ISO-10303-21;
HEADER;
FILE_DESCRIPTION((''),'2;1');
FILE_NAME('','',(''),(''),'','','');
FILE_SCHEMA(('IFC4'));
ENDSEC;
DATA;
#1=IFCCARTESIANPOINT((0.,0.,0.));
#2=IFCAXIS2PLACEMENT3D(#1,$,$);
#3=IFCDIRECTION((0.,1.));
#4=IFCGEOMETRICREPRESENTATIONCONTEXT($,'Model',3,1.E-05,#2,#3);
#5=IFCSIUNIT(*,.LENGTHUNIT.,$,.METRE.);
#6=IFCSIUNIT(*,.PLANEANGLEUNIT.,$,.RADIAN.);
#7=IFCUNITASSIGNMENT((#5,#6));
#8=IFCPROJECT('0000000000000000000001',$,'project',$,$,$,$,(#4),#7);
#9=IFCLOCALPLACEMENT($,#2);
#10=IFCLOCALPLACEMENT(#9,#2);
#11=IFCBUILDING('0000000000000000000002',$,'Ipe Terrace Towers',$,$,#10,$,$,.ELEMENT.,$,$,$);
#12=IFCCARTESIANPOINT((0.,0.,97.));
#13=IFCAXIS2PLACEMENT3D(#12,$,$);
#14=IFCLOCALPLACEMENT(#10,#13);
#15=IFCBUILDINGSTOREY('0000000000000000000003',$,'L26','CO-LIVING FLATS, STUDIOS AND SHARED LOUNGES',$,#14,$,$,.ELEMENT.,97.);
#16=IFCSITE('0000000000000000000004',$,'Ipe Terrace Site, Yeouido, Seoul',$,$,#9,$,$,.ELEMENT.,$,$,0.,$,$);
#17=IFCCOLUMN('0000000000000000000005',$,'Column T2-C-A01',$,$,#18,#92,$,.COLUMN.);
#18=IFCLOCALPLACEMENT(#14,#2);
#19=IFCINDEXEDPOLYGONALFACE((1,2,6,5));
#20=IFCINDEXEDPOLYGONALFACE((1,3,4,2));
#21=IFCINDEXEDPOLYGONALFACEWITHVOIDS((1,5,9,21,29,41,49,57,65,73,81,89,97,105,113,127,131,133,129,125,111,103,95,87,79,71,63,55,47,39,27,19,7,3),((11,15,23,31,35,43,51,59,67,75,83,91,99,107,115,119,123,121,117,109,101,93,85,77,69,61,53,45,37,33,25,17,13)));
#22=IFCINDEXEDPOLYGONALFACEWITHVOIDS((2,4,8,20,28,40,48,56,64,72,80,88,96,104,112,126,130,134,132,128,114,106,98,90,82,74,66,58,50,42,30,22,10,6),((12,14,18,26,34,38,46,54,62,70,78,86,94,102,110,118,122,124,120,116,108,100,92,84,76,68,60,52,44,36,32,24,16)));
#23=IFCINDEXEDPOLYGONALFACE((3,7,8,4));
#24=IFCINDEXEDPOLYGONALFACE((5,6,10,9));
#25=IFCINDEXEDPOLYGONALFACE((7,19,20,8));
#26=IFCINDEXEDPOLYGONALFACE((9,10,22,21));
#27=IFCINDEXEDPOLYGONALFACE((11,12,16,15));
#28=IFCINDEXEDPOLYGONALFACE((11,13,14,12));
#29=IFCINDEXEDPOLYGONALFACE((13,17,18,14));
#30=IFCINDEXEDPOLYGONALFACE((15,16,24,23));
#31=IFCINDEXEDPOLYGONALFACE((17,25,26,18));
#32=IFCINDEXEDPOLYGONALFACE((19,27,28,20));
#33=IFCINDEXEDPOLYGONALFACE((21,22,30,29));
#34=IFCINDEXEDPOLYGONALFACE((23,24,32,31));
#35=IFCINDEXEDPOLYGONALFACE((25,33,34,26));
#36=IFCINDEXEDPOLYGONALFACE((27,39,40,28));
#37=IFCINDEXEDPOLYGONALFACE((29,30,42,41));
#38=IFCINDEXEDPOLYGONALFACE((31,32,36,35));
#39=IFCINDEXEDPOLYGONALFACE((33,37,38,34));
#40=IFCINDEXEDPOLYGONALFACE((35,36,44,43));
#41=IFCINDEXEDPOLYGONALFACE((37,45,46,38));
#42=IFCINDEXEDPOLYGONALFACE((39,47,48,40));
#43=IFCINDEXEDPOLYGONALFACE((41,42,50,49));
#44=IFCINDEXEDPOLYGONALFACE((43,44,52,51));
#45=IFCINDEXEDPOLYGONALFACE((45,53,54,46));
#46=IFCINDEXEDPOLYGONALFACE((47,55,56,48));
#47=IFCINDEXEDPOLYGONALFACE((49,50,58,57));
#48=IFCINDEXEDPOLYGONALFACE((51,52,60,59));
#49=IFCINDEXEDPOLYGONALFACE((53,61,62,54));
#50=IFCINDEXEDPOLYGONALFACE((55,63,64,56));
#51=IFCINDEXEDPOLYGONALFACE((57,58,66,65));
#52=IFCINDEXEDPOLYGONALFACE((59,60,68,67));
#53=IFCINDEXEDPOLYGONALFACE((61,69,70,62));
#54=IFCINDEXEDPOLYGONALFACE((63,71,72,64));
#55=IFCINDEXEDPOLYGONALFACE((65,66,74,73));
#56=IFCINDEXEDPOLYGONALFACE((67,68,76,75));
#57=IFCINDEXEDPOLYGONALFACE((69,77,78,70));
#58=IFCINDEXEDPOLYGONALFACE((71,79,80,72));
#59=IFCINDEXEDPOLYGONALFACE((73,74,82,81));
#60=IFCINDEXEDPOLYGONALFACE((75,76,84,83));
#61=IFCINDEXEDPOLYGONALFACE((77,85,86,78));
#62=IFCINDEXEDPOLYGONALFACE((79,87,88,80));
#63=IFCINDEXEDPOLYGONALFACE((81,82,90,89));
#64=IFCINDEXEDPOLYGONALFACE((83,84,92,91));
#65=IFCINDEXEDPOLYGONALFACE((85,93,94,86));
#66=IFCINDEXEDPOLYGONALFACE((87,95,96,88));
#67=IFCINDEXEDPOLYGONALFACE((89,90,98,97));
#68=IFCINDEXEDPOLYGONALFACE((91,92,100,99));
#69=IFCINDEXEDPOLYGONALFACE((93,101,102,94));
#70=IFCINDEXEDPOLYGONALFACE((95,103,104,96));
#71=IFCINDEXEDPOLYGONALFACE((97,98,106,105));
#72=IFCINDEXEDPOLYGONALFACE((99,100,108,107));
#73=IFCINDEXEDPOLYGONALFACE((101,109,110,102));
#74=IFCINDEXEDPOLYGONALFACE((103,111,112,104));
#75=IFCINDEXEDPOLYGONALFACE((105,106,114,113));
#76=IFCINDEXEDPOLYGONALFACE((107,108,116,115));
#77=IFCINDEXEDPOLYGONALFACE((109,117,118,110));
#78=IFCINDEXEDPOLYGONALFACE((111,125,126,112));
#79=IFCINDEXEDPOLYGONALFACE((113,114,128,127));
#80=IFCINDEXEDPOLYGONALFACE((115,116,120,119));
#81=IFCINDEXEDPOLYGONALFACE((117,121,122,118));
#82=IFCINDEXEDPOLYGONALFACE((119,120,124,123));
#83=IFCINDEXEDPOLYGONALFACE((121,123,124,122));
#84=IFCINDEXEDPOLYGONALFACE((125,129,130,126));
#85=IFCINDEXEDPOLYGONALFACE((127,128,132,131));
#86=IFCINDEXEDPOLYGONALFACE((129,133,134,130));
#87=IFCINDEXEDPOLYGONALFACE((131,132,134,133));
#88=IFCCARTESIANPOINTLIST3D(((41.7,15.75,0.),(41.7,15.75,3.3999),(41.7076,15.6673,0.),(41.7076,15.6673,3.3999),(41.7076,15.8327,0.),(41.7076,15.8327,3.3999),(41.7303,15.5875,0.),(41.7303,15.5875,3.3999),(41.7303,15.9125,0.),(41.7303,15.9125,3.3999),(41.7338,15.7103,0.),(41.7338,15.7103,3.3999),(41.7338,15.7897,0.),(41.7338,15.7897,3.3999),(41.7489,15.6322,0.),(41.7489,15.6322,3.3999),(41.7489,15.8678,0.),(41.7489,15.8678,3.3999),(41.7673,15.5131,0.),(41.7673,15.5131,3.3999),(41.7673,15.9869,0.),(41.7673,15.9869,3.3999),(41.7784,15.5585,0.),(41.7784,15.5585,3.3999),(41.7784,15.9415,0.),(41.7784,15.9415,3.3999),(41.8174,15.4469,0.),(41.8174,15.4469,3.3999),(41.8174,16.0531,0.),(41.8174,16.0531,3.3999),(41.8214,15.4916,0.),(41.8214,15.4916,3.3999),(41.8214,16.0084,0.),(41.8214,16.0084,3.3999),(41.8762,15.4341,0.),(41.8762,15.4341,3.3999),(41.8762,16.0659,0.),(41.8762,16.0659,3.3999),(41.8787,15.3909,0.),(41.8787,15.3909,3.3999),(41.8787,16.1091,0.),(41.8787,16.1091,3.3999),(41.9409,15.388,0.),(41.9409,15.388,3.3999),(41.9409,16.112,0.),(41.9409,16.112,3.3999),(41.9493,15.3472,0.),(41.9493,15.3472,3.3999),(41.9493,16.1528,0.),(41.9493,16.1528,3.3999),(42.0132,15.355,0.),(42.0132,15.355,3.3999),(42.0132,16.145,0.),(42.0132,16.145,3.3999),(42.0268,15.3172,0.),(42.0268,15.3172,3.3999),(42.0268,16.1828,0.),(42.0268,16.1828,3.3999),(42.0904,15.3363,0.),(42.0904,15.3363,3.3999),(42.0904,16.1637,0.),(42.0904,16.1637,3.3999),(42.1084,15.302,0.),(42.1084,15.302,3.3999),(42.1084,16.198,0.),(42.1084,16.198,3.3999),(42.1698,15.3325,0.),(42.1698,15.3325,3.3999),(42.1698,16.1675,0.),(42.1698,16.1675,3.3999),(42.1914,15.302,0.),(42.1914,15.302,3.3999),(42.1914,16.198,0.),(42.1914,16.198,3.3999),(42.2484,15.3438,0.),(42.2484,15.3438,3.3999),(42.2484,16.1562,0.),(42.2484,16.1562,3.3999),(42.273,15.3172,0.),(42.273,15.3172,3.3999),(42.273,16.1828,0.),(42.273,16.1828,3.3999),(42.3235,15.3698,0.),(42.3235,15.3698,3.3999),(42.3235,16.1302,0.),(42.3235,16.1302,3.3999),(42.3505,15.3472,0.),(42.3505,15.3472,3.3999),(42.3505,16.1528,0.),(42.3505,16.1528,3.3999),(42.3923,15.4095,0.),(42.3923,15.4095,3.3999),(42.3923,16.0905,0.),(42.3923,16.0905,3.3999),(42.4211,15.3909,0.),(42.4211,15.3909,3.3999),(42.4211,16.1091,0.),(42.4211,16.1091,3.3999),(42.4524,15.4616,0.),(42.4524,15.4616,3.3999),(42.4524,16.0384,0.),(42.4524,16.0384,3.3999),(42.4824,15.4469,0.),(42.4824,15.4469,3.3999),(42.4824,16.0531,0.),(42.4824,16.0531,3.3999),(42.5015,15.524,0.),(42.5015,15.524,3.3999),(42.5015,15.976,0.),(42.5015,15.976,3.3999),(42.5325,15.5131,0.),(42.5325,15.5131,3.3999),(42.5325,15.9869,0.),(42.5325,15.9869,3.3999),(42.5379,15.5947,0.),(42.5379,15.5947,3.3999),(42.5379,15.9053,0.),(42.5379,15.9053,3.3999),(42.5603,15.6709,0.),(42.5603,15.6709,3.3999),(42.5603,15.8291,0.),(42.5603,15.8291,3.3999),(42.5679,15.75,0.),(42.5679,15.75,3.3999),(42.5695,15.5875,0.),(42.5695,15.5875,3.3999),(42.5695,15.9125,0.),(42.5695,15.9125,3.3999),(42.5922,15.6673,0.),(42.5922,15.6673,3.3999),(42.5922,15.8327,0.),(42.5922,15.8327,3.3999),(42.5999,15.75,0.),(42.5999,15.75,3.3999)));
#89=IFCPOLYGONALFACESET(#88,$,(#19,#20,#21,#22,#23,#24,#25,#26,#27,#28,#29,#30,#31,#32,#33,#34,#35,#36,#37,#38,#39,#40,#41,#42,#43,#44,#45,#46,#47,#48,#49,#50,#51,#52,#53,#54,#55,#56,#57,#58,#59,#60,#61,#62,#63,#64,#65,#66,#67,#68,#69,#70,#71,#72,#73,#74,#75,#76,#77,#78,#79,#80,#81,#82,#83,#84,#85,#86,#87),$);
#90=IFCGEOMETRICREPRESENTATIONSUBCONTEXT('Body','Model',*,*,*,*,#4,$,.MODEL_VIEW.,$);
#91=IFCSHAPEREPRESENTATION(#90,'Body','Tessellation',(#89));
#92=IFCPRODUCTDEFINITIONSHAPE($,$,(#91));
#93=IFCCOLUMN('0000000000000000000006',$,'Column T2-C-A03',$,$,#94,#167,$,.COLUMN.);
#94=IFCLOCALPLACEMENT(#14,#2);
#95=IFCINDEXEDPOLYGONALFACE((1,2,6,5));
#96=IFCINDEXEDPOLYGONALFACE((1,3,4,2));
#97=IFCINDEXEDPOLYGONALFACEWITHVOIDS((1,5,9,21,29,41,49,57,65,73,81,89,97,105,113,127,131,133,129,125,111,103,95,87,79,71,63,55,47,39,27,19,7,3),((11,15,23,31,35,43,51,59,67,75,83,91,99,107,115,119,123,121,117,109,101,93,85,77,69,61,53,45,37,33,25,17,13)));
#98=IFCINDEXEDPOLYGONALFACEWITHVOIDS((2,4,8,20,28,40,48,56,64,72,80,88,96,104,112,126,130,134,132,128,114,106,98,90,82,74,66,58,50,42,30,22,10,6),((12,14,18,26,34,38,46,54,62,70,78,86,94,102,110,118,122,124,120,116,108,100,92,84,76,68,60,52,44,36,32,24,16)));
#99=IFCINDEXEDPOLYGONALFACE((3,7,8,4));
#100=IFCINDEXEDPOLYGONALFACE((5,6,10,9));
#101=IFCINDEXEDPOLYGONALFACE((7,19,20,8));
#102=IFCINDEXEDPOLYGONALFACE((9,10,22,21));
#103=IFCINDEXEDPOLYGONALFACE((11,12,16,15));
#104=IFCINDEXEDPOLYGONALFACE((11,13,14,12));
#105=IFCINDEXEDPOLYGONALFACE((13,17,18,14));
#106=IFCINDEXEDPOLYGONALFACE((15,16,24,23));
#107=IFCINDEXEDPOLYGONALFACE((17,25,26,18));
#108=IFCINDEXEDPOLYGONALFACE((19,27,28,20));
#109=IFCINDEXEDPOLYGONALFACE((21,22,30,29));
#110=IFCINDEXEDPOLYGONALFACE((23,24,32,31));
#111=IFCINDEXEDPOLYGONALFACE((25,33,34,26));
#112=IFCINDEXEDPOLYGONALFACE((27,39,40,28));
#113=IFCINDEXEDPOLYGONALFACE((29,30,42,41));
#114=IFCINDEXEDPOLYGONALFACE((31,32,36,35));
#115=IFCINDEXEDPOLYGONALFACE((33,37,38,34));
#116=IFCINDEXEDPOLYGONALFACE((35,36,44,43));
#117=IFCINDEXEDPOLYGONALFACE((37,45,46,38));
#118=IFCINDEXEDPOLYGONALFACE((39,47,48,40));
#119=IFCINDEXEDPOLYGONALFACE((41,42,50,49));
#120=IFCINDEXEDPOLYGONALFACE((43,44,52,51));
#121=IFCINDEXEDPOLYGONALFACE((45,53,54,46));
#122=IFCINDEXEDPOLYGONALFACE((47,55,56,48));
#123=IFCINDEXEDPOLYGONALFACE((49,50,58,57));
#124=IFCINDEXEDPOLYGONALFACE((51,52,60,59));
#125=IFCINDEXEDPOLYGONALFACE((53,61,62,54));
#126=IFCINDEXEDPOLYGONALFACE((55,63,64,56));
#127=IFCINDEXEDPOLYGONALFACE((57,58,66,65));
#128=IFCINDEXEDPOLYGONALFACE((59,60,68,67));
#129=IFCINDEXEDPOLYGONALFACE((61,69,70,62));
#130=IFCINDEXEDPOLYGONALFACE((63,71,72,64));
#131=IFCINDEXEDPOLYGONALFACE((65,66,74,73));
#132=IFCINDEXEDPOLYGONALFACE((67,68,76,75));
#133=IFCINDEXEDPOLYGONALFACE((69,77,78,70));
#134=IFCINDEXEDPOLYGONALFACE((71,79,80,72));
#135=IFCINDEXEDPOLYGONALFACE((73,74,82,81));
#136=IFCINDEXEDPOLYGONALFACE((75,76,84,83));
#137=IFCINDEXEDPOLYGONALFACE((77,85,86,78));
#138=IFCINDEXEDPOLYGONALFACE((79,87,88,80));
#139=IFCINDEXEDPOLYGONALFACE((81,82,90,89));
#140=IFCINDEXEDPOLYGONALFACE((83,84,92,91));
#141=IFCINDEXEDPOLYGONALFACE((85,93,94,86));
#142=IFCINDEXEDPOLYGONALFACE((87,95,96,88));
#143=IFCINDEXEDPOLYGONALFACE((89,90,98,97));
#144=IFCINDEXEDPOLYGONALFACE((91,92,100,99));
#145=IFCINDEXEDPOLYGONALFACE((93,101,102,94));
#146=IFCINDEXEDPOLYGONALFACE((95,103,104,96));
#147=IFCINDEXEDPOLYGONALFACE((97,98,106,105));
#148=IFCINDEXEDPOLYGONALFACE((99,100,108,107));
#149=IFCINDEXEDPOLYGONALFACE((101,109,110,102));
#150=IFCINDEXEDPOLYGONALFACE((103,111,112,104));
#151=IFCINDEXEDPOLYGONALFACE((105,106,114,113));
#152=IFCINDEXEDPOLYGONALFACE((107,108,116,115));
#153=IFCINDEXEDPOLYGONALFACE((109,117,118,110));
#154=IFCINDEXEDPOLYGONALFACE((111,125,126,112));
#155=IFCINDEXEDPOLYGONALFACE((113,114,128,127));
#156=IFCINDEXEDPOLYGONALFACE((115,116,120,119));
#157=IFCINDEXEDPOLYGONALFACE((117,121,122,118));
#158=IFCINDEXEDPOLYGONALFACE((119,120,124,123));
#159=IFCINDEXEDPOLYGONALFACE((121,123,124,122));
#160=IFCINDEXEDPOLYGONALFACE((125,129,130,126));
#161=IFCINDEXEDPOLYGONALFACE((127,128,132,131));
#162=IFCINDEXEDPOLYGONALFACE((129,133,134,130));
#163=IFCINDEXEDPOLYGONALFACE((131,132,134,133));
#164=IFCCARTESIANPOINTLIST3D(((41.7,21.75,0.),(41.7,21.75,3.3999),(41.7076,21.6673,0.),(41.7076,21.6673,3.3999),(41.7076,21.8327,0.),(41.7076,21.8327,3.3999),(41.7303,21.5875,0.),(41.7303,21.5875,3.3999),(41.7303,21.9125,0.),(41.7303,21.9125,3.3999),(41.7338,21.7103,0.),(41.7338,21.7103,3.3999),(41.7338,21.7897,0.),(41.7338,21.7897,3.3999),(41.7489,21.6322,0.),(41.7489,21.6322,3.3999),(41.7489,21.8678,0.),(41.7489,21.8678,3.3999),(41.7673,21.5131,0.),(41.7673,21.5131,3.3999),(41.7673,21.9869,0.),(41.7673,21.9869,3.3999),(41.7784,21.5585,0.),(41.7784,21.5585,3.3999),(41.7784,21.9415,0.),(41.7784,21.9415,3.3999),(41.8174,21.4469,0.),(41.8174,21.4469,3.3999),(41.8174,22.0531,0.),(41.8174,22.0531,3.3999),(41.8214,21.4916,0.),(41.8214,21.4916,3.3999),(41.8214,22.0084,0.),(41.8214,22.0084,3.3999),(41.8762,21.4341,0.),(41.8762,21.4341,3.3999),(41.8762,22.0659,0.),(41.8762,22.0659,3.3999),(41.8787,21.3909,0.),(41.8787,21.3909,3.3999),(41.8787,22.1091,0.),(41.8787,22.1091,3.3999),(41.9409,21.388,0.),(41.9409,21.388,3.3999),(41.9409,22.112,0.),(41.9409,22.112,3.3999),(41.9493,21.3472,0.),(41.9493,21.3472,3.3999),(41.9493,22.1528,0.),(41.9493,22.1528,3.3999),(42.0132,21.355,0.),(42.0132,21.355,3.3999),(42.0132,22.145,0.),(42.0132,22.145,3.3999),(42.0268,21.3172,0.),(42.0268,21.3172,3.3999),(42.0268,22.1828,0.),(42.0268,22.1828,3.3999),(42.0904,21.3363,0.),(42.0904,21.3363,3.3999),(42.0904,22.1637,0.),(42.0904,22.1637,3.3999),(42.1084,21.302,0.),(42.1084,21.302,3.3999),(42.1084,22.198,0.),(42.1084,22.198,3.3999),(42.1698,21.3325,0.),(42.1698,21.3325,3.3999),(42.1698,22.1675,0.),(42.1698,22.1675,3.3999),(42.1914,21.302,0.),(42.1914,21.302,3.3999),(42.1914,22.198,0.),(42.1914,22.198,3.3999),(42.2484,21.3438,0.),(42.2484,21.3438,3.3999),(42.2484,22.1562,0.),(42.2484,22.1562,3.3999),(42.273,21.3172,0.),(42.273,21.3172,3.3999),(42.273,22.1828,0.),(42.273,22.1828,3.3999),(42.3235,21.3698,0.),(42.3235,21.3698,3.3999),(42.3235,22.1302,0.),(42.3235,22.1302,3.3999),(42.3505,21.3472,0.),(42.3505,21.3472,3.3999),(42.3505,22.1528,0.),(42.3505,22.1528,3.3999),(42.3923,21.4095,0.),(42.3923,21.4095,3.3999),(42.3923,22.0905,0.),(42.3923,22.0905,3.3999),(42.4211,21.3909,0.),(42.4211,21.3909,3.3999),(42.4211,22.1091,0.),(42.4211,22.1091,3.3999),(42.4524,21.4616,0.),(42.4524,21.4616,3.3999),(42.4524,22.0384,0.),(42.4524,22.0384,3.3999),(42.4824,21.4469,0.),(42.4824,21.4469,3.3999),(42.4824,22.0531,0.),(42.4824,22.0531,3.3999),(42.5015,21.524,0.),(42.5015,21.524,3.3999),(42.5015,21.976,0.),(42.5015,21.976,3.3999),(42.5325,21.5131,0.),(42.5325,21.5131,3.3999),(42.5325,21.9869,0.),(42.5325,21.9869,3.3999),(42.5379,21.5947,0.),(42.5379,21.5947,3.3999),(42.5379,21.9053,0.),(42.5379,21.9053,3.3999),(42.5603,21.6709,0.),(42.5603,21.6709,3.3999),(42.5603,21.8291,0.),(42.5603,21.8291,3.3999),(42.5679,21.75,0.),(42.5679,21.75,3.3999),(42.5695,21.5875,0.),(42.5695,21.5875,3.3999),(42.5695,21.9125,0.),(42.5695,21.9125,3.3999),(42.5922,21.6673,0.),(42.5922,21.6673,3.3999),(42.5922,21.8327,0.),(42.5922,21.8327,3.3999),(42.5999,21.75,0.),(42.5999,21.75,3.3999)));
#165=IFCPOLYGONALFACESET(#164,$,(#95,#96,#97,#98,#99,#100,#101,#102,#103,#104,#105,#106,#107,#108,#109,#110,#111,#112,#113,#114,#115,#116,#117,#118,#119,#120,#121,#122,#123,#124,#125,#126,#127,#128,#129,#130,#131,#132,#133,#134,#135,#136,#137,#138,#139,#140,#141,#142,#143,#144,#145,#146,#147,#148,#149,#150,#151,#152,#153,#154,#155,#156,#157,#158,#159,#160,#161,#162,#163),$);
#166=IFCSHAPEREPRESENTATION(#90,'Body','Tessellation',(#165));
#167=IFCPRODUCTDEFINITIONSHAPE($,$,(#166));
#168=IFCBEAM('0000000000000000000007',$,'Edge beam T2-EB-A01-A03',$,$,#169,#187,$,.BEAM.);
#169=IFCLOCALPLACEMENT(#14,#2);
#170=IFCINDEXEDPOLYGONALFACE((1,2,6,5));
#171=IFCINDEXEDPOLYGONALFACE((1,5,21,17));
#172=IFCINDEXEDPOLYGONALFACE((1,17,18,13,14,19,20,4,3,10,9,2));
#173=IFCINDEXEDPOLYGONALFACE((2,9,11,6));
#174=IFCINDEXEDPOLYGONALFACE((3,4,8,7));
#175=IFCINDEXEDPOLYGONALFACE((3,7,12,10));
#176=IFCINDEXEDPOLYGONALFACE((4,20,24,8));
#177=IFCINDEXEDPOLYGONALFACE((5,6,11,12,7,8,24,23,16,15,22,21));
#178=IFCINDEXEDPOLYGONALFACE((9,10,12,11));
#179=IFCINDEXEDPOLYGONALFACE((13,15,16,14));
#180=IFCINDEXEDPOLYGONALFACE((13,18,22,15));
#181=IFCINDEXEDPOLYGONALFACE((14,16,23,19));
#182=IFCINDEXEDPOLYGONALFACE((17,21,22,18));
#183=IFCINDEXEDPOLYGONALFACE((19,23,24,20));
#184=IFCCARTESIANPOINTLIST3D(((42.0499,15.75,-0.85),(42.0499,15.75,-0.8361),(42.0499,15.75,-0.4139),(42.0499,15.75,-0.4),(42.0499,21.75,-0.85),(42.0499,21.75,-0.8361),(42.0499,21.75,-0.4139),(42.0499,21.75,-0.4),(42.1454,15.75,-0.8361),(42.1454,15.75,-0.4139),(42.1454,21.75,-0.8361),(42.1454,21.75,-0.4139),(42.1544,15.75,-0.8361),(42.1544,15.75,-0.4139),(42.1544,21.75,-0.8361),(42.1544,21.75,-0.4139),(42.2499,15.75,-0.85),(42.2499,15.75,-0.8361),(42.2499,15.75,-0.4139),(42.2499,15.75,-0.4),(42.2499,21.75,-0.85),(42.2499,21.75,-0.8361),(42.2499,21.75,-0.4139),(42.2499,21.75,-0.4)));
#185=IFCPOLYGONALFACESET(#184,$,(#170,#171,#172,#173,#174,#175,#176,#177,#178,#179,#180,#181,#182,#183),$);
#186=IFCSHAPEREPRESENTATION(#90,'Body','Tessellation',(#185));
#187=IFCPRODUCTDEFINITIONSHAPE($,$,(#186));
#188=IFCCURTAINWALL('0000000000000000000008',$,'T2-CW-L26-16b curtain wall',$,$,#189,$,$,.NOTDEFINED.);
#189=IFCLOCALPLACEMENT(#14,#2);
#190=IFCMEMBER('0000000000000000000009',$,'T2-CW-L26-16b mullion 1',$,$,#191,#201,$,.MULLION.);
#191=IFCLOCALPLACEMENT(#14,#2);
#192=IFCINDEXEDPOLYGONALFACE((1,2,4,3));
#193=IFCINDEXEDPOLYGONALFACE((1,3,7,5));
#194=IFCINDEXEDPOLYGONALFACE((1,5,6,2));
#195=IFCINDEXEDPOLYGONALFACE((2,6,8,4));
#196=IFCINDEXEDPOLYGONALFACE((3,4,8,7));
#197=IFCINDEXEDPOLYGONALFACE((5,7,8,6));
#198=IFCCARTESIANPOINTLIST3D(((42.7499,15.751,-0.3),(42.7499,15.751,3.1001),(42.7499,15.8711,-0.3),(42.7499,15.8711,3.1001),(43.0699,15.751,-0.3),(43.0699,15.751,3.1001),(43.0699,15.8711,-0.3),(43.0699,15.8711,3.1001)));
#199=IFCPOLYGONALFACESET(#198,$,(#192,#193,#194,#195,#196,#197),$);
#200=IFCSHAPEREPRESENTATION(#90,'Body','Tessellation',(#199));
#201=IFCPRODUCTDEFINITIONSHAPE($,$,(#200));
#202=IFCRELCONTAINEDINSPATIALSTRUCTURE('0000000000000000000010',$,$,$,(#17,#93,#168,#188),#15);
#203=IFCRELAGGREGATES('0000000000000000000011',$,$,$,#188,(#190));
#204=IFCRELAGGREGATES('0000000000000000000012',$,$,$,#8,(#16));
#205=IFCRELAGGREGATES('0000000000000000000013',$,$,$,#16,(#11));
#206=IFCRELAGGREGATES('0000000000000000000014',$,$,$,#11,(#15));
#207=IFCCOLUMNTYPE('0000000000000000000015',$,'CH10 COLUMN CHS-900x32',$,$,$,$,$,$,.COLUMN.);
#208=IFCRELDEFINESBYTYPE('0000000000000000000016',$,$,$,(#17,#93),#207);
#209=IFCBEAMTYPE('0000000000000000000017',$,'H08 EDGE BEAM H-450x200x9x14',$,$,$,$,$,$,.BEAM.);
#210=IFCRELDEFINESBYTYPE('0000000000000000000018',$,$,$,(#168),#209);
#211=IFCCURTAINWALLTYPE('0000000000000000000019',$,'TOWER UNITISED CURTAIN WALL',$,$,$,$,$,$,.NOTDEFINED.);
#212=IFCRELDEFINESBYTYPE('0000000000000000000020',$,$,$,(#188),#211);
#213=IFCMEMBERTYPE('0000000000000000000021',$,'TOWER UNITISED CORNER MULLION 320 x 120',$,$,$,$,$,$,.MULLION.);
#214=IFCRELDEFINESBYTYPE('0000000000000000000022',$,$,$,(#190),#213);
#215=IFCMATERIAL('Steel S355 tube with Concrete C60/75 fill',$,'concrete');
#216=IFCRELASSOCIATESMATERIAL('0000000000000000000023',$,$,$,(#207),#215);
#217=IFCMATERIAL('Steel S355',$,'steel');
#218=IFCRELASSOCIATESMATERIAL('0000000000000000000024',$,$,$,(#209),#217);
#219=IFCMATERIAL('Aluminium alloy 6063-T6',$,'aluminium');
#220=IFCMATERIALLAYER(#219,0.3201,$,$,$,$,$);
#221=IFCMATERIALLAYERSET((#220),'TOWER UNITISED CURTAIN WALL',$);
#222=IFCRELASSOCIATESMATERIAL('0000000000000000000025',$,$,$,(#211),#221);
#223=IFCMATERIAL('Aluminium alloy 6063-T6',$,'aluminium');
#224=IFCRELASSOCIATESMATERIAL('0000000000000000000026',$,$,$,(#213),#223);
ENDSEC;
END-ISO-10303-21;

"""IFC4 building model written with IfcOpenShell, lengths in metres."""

from ifc_helpers import new_model, si_unit, direction, frame, origin, origin_2d, place, context, subcontext, project, spatial, rectangle, hollow_circle, i_section, extrude, material, layer, layer_set, material_profile, profile_set, type_object, element, aggregate, save


model = new_model("IFC4")

# Units and contexts
model_context = context("Model", 3, precision=1e-05, world=origin(), true_north=direction((0.0, 1.0)))
body_context = subcontext(model_context, "Body", "Model", "MODEL_VIEW")
ifc_project = project(units=[si_unit("LENGTHUNIT", "METRE"), si_unit("PLANEANGLEUNIT", "RADIAN")], contexts=[model_context])

# Site, building, storey
site_placement = place(None, origin())
site = spatial("IfcSite", under=ifc_project, at=site_placement, Name="Ipe Terrace Site, Yeouido, Seoul", CompositionType="ELEMENT", RefElevation=0.0)
building_placement = place(site_placement, origin())
building = spatial("IfcBuilding", under=site, at=building_placement, Name="Ipe Terrace Towers", CompositionType="ELEMENT")
storey_placement = place(building_placement, frame((0.0, 0.0, 97.0)))
storey = spatial("IfcBuildingStorey", under=building, at=storey_placement, Name="L26", Description="CO-LIVING FLATS, STUDIOS AND SHARED LOUNGES", CompositionType="ELEMENT", Elevation=97.0)

# Columns
ifc_material_1 = material(Name="Steel S355 tube with Concrete C60/75 fill", Category="concrete")
ifc_material_profile_1 = material_profile(ifc_material_1, hollow_circle(Radius=0.45, WallThickness=0.032, at=origin_2d()), Name="CHS-900x32")
ifc_profile_set_1 = profile_set([ifc_material_profile_1], Name="Steel S355 tube with Concrete C60/75 fill")
column_type = type_object("IfcColumnType", Name="CH10 COLUMN CHS-900x32", PredefinedType="COLUMN", material=ifc_profile_set_1)
for number, where, z_axis, x_axis, name in (
    (1, (42.1499, 15.75, 0.0), (0.0, 0.0, 1.0), (1.0, 0.0, 0.0), "Column T2-C-A01"),
    (2, (42.1499, 21.75, 0.0), (0.0, 0.0, 1.0), (1.0, 0.0, 0.0), "Column T2-C-A03"),
):
    element("IfcColumn", number, at=place(storey_placement, frame(where, z_axis=z_axis, x_axis=x_axis)), inside=storey, type_object=column_type, Name=name, PredefinedType="COLUMN", context=body_context, shape_type="SweptSolid", body=[
        extrude(hollow_circle(Radius=0.45, WallThickness=0.032, at=origin_2d()), origin(), (0.0, 0.0, 1.0), 3.3999),
    ])

# Beam
ifc_material_2 = material(Name="Steel S355", Category="steel")
ifc_material_profile_2 = material_profile(ifc_material_2, i_section(OverallWidth=0.2, OverallDepth=0.45, WebThickness=0.009, FlangeThickness=0.0139, at=origin_2d()), Name="H-450x200x9x14")
ifc_profile_set_2 = profile_set([ifc_material_profile_2], Name="Steel S355")
beam_type = type_object("IfcBeamType", Name="H08 EDGE BEAM H-450x200x9x14", PredefinedType="BEAM", material=ifc_profile_set_2)
beam_placement = place(storey_placement, frame((42.1499, 15.75, -0.625), z_axis=(0.0, 1.0, 0.0), x_axis=(-1.0, 0.0, 0.0)))
element("IfcBeam", 3, at=beam_placement, inside=storey, type_object=beam_type, Name="Edge beam T2-EB-A01-A03", PredefinedType="BEAM", context=body_context, shape_type="SweptSolid", body=[
    extrude(i_section(OverallWidth=0.2, OverallDepth=0.45, WebThickness=0.009, FlangeThickness=0.0139, at=origin_2d()), origin(), (0.0, 0.0, 1.0), 6.0),
])

# Curtain wall, member
ifc_material_3 = material(Name="Aluminium alloy 6063-T6", Category="aluminium")
ifc_layer_1 = layer(ifc_material_3, 0.3201)
ifc_layer_set_1 = layer_set([ifc_layer_1], Name="TOWER UNITISED CURTAIN WALL")
curtain_wall_type = type_object("IfcCurtainWallType", Name="TOWER UNITISED CURTAIN WALL", PredefinedType="NOTDEFINED", material=ifc_layer_set_1)
curtain_wall_1_placement = place(storey_placement, origin())
curtain_wall_1 = element("IfcCurtainWall", 4, at=curtain_wall_1_placement, inside=storey, type_object=curtain_wall_type, Name="T2-CW-L26-16b curtain wall", PredefinedType="NOTDEFINED")
ifc_material_4 = material(Name="Aluminium alloy 6063-T6", Category="aluminium")
ifc_material_profile_3 = material_profile(ifc_material_4, rectangle(XDim=0.3201, YDim=0.1201, at=origin_2d()), Name="TOWER UNITISED CORNER MULLION 320 x 120")
ifc_profile_set_3 = profile_set([ifc_material_profile_3], Name="Aluminium alloy 6063-T6")
member_type_1 = type_object("IfcMemberType", Name="TOWER UNITISED CORNER MULLION 320 x 120", PredefinedType="MULLION", material=ifc_profile_set_3)
member_1_placement = place(storey_placement, frame((42.9099, 15.811, -0.3), z_axis=(0.0, 0.0, 1.0), x_axis=(1.0, 0.0, 0.0)))
member_1 = element("IfcMember", 5, at=member_1_placement, type_object=member_type_1, Name="T2-CW-L26-16b mullion 1", PredefinedType="MULLION", context=body_context, shape_type="SweptSolid", body=[
    extrude(rectangle(XDim=0.3201, YDim=0.1201, at=origin_2d()), origin(), (0.0, 0.0, 1.0), 3.4001),
])

aggregate(curtain_wall_1, [member_1])

save(model, "model.ifc")
